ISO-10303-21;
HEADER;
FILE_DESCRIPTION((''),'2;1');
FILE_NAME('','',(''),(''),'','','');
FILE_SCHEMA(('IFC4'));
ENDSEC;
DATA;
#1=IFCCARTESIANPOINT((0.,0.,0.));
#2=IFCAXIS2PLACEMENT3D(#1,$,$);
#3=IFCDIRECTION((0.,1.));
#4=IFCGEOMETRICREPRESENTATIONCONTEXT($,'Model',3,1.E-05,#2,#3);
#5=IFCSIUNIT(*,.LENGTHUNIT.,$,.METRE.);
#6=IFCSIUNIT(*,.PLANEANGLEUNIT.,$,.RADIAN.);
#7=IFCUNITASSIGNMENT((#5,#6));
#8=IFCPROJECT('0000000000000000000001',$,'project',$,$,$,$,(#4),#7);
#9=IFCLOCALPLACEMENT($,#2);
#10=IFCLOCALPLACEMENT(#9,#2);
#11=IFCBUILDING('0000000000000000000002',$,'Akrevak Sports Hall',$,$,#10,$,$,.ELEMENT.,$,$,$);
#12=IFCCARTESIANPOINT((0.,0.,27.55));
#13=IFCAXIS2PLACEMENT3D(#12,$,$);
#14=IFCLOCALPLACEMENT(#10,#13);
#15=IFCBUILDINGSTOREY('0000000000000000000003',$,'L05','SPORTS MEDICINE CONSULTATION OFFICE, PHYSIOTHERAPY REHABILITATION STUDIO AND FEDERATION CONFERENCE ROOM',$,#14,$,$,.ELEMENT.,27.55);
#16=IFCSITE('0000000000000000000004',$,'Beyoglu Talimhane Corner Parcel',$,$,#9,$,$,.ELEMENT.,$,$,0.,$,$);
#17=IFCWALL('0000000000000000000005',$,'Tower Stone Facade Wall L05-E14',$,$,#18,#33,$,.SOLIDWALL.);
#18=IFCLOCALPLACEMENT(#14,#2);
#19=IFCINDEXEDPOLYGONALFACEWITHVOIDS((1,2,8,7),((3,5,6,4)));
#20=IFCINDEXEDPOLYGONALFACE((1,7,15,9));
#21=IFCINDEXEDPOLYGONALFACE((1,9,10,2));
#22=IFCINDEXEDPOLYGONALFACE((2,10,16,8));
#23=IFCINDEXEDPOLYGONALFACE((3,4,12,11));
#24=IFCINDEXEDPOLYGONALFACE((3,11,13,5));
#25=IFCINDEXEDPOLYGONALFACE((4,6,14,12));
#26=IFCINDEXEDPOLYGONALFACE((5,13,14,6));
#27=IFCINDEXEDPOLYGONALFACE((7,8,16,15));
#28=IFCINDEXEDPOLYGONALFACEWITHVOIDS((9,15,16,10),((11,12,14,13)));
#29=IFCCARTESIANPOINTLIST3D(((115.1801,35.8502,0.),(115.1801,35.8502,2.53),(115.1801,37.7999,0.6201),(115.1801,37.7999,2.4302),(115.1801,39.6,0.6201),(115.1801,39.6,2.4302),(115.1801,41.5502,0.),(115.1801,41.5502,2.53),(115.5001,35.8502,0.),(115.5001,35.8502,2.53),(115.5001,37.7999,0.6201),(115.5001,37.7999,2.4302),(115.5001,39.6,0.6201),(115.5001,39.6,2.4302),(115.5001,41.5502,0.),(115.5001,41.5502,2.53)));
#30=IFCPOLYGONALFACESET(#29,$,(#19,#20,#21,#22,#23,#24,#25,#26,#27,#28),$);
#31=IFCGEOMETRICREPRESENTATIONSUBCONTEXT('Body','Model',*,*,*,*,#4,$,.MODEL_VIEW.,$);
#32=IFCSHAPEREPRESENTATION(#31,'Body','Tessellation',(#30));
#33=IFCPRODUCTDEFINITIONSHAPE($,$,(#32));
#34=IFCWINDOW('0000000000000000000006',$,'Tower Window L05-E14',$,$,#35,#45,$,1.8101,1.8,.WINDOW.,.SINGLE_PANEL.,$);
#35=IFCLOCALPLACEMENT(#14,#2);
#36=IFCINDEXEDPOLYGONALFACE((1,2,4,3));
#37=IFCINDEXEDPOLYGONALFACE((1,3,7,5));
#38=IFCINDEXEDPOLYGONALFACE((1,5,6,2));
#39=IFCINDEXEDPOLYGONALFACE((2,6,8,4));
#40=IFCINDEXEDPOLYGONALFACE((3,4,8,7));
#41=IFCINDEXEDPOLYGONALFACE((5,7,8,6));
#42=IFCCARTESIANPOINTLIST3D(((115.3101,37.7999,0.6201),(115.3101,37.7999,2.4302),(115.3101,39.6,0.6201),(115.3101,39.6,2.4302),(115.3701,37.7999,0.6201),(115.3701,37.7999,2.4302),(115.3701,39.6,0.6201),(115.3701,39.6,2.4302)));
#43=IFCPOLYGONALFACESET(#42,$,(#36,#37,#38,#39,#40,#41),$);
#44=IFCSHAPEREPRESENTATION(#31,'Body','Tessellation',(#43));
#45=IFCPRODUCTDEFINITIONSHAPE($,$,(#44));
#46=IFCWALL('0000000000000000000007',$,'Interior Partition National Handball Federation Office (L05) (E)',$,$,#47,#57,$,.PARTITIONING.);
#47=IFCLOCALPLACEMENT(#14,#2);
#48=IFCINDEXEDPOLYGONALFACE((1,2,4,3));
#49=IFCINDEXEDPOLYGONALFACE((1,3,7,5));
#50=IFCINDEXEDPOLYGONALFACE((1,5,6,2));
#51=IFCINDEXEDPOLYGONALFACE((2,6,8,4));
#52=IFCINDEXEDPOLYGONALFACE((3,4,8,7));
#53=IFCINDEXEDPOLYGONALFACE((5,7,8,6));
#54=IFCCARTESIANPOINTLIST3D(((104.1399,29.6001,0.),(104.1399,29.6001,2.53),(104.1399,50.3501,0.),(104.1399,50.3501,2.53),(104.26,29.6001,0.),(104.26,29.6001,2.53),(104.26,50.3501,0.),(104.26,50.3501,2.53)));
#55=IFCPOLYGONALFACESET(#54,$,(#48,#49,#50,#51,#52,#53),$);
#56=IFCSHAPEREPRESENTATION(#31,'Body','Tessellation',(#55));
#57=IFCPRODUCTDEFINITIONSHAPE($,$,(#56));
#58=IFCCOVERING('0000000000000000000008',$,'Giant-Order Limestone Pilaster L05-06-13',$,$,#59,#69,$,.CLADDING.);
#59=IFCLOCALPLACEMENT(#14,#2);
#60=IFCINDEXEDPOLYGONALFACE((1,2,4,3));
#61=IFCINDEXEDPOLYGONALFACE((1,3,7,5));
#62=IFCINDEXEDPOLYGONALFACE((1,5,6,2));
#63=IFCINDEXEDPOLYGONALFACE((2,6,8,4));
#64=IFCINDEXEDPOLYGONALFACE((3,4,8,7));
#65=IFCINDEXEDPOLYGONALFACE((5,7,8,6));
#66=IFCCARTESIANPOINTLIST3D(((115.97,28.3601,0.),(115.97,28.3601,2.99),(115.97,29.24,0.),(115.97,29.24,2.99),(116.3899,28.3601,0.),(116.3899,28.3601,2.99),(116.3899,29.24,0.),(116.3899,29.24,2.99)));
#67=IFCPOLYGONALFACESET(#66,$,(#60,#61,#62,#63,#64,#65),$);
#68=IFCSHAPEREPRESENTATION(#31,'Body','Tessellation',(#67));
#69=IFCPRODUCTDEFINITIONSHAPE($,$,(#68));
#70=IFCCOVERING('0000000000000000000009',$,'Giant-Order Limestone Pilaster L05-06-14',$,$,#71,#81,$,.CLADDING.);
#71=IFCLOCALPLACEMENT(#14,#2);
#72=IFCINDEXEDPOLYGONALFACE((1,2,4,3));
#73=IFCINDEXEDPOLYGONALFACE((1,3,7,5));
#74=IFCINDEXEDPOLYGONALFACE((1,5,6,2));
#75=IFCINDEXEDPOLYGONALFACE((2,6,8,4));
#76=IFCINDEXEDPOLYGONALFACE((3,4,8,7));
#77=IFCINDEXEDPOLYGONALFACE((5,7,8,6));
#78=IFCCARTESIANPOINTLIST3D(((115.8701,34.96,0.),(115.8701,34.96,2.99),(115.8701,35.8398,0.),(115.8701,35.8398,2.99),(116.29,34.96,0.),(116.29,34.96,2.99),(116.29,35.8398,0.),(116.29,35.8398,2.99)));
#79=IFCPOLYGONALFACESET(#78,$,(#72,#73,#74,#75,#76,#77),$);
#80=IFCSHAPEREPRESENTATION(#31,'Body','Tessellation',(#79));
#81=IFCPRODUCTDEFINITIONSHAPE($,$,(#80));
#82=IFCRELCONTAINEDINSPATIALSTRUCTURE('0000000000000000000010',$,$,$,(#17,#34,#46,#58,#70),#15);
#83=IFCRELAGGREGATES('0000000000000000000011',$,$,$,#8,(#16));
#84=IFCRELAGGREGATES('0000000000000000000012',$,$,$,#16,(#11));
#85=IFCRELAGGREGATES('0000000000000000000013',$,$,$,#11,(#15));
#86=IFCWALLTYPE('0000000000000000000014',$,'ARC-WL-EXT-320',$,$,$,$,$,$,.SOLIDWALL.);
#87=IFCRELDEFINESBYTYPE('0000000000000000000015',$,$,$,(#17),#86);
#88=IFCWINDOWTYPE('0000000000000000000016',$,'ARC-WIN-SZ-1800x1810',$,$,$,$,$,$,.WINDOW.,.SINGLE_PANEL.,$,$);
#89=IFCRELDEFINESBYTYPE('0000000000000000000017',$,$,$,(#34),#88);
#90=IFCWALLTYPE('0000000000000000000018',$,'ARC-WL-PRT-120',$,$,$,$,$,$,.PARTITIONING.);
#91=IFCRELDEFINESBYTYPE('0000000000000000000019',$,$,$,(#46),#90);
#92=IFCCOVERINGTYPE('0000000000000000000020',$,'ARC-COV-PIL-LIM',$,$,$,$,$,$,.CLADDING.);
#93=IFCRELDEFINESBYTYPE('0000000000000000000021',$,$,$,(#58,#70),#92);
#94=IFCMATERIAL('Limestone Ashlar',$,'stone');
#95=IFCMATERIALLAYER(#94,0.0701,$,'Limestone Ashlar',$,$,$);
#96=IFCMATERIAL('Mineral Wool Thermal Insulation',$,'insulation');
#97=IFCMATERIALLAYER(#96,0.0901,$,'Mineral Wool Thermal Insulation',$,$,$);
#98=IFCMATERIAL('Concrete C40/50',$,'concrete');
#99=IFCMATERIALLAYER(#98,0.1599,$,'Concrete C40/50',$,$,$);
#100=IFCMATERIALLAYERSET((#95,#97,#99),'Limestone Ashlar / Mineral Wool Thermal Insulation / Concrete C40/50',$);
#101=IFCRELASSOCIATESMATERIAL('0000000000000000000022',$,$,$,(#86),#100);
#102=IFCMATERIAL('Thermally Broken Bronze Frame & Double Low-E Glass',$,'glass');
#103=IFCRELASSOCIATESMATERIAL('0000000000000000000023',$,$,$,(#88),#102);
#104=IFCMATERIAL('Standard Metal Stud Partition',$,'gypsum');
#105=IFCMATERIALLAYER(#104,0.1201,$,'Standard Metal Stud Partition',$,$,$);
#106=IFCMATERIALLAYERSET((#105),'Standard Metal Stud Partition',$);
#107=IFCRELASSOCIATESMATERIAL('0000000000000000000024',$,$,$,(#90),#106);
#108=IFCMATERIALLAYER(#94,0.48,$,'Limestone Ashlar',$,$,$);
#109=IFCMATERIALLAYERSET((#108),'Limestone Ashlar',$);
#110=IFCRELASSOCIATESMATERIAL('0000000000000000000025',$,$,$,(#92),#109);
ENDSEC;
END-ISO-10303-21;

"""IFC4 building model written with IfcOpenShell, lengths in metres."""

from ifc_helpers import new_model, si_unit, direction, frame, frame_2d, origin, origin_2d, place, context, subcontext, project, spatial, rectangle, extrude, material, layer, layer_set, type_object, element, fill, save


model = new_model("IFC4")

# Units and contexts
model_context = context("Model", 3, precision=1e-05, world=origin(), true_north=direction((0.0, 1.0)))
body_context = subcontext(model_context, "Body", "Model", "MODEL_VIEW")
ifc_project = project(units=[si_unit("LENGTHUNIT", "METRE"), si_unit("PLANEANGLEUNIT", "RADIAN")], contexts=[model_context])

# Site, building, storey
site_placement = place(None, origin())
site = spatial("IfcSite", under=ifc_project, at=site_placement, Name="Beyoglu Talimhane Corner Parcel", CompositionType="ELEMENT", RefElevation=0.0)
building_placement = place(site_placement, origin())
building = spatial("IfcBuilding", under=site, at=building_placement, Name="Akrevak Sports Hall", CompositionType="ELEMENT")
storey_placement = place(building_placement, frame((0.0, 0.0, 27.55)))
storey = spatial("IfcBuildingStorey", under=building, at=storey_placement, Name="L05", Description="SPORTS MEDICINE CONSULTATION OFFICE, PHYSIOTHERAPY REHABILITATION STUDIO AND FEDERATION CONFERENCE ROOM", CompositionType="ELEMENT", Elevation=27.55)

# Shared definitions
ifc_material_1 = material(Name="Concrete C40/50", Category="concrete")

# Wall, opening, window
ifc_material_2 = material(Name="Limestone Ashlar", Category="stone")
ifc_layer_1 = layer(ifc_material_2, 0.0701, Name="Limestone Ashlar")
ifc_material_3 = material(Name="Mineral Wool Thermal Insulation", Category="insulation")
ifc_layer_2 = layer(ifc_material_3, 0.0901, Name="Mineral Wool Thermal Insulation")
ifc_layer_3 = layer(ifc_material_1, 0.1599, Name="Concrete C40/50")
ifc_layer_set_1 = layer_set([ifc_layer_1, ifc_layer_2, ifc_layer_3], Name="Limestone Ashlar / Mineral Wool Thermal Insulation / Concrete C40/50")
wall_type_1 = type_object("IfcWallType", Name="ARC-WL-EXT-320", PredefinedType="SOLIDWALL", material=ifc_layer_set_1)
ifc_material_4 = material(Name="Thermally Broken Bronze Frame & Double Low-E Glass", Category="glass")
wall_1_placement = place(storey_placement, frame((115.3401, 35.8501, 0.0), z_axis=(0.0, 0.0, 1.0), x_axis=(0.0, 1.0, 0.0)))
wall_1 = element("IfcWall", 1, at=wall_1_placement, inside=storey, type_object=wall_type_1, Name="Tower Stone Facade Wall L05-E14", PredefinedType="SOLIDWALL", context=body_context, shape_type="SweptSolid", body=[
    extrude(rectangle(XDim=5.7, YDim=0.3201, at=frame_2d((2.8501, 0.0))), origin(), (0.0, 0.0, 1.0), 2.53),
])
opening_1_placement = place(wall_1_placement, frame((1.95, 0.0, 0.6201)))
opening_1 = element("IfcOpeningElement", 2, at=opening_1_placement, cuts=wall_1, PredefinedType="OPENING", context=body_context, shape_type="SweptSolid", body=[
    extrude(rectangle(XDim=1.8, YDim=1.8101, at=frame_2d((0.8999, 0.905))), frame((0.0, 0.1719, 0.0), z_axis=(0.0, -1.0, 0.0), x_axis=(1.0, 0.0, 0.0)), (0.0, 0.0, 1.0), 0.344),
])
window_type_1 = type_object("IfcWindowType", Name="ARC-WIN-SZ-1800x1810", PartitioningType="SINGLE_PANEL", PredefinedType="WINDOW", material=ifc_material_4)
window_1_placement = place(opening_1_placement, origin())
window_1 = element("IfcWindow", 3, at=window_1_placement, inside=storey, type_object=window_type_1, Name="Tower Window L05-E14", OverallHeight=1.8101, OverallWidth=1.8, PartitioningType="SINGLE_PANEL", PredefinedType="WINDOW", context=body_context, shape_type="SweptSolid", body=[
    extrude(rectangle(XDim=1.8, YDim=1.8101, at=frame_2d((0.8999, 0.905))), frame((0.0, 0.03, 0.0), z_axis=(0.0, -1.0, 0.0), x_axis=(1.0, 0.0, 0.0)), (0.0, 0.0, 1.0), 0.0601),
])
fill(opening_1, window_1)

# Wall
ifc_material_5 = material(Name="Standard Metal Stud Partition", Category="gypsum")
ifc_layer_4 = layer(ifc_material_5, 0.1201, Name="Standard Metal Stud Partition")
ifc_layer_set_2 = layer_set([ifc_layer_4], Name="Standard Metal Stud Partition")
wall_type_2 = type_object("IfcWallType", Name="ARC-WL-PRT-120", PredefinedType="PARTITIONING", material=ifc_layer_set_2)
wall_2_placement = place(storey_placement, frame((104.2, 29.6001, 0.0), z_axis=(0.0, 0.0, 1.0), x_axis=(0.0, 1.0, 0.0)))
element("IfcWall", 4, at=wall_2_placement, inside=storey, type_object=wall_type_2, Name="Interior Partition National Handball Federation Office (L05) (E)", PredefinedType="PARTITIONING", context=body_context, shape_type="SweptSolid", body=[
    extrude(rectangle(XDim=20.75, YDim=0.1201, at=frame_2d((10.375, 0.0))), origin(), (0.0, 0.0, 1.0), 2.53),
])

# Coverings
ifc_layer_5 = layer(ifc_material_2, 0.48, Name="Limestone Ashlar")
ifc_layer_set_3 = layer_set([ifc_layer_5], Name="Limestone Ashlar")
covering_type = type_object("IfcCoveringType", Name="ARC-COV-PIL-LIM", PredefinedType="CLADDING", material=ifc_layer_set_3)
for number, where, z_axis, x_axis, name in (
    (5, (116.1799, 28.8, 0.0), (0.0, 0.0, 1.0), (0.0, 1.0, 0.0), "Giant-Order Limestone Pilaster L05-06-13"),
    (6, (116.0801, 35.3999, 0.0), (0.0, 0.0, 1.0), (0.0, 1.0, 0.0), "Giant-Order Limestone Pilaster L05-06-14"),
):
    element("IfcCovering", number, at=place(storey_placement, frame(where, z_axis=z_axis, x_axis=x_axis)), inside=storey, type_object=covering_type, Name=name, PredefinedType="CLADDING", context=body_context, shape_type="SweptSolid", body=[
        extrude(rectangle(XDim=0.8799, YDim=0.4199, at=origin_2d()), origin(), (0.0, 0.0, 1.0), 2.99),
    ])

save(model, "model.ifc")
